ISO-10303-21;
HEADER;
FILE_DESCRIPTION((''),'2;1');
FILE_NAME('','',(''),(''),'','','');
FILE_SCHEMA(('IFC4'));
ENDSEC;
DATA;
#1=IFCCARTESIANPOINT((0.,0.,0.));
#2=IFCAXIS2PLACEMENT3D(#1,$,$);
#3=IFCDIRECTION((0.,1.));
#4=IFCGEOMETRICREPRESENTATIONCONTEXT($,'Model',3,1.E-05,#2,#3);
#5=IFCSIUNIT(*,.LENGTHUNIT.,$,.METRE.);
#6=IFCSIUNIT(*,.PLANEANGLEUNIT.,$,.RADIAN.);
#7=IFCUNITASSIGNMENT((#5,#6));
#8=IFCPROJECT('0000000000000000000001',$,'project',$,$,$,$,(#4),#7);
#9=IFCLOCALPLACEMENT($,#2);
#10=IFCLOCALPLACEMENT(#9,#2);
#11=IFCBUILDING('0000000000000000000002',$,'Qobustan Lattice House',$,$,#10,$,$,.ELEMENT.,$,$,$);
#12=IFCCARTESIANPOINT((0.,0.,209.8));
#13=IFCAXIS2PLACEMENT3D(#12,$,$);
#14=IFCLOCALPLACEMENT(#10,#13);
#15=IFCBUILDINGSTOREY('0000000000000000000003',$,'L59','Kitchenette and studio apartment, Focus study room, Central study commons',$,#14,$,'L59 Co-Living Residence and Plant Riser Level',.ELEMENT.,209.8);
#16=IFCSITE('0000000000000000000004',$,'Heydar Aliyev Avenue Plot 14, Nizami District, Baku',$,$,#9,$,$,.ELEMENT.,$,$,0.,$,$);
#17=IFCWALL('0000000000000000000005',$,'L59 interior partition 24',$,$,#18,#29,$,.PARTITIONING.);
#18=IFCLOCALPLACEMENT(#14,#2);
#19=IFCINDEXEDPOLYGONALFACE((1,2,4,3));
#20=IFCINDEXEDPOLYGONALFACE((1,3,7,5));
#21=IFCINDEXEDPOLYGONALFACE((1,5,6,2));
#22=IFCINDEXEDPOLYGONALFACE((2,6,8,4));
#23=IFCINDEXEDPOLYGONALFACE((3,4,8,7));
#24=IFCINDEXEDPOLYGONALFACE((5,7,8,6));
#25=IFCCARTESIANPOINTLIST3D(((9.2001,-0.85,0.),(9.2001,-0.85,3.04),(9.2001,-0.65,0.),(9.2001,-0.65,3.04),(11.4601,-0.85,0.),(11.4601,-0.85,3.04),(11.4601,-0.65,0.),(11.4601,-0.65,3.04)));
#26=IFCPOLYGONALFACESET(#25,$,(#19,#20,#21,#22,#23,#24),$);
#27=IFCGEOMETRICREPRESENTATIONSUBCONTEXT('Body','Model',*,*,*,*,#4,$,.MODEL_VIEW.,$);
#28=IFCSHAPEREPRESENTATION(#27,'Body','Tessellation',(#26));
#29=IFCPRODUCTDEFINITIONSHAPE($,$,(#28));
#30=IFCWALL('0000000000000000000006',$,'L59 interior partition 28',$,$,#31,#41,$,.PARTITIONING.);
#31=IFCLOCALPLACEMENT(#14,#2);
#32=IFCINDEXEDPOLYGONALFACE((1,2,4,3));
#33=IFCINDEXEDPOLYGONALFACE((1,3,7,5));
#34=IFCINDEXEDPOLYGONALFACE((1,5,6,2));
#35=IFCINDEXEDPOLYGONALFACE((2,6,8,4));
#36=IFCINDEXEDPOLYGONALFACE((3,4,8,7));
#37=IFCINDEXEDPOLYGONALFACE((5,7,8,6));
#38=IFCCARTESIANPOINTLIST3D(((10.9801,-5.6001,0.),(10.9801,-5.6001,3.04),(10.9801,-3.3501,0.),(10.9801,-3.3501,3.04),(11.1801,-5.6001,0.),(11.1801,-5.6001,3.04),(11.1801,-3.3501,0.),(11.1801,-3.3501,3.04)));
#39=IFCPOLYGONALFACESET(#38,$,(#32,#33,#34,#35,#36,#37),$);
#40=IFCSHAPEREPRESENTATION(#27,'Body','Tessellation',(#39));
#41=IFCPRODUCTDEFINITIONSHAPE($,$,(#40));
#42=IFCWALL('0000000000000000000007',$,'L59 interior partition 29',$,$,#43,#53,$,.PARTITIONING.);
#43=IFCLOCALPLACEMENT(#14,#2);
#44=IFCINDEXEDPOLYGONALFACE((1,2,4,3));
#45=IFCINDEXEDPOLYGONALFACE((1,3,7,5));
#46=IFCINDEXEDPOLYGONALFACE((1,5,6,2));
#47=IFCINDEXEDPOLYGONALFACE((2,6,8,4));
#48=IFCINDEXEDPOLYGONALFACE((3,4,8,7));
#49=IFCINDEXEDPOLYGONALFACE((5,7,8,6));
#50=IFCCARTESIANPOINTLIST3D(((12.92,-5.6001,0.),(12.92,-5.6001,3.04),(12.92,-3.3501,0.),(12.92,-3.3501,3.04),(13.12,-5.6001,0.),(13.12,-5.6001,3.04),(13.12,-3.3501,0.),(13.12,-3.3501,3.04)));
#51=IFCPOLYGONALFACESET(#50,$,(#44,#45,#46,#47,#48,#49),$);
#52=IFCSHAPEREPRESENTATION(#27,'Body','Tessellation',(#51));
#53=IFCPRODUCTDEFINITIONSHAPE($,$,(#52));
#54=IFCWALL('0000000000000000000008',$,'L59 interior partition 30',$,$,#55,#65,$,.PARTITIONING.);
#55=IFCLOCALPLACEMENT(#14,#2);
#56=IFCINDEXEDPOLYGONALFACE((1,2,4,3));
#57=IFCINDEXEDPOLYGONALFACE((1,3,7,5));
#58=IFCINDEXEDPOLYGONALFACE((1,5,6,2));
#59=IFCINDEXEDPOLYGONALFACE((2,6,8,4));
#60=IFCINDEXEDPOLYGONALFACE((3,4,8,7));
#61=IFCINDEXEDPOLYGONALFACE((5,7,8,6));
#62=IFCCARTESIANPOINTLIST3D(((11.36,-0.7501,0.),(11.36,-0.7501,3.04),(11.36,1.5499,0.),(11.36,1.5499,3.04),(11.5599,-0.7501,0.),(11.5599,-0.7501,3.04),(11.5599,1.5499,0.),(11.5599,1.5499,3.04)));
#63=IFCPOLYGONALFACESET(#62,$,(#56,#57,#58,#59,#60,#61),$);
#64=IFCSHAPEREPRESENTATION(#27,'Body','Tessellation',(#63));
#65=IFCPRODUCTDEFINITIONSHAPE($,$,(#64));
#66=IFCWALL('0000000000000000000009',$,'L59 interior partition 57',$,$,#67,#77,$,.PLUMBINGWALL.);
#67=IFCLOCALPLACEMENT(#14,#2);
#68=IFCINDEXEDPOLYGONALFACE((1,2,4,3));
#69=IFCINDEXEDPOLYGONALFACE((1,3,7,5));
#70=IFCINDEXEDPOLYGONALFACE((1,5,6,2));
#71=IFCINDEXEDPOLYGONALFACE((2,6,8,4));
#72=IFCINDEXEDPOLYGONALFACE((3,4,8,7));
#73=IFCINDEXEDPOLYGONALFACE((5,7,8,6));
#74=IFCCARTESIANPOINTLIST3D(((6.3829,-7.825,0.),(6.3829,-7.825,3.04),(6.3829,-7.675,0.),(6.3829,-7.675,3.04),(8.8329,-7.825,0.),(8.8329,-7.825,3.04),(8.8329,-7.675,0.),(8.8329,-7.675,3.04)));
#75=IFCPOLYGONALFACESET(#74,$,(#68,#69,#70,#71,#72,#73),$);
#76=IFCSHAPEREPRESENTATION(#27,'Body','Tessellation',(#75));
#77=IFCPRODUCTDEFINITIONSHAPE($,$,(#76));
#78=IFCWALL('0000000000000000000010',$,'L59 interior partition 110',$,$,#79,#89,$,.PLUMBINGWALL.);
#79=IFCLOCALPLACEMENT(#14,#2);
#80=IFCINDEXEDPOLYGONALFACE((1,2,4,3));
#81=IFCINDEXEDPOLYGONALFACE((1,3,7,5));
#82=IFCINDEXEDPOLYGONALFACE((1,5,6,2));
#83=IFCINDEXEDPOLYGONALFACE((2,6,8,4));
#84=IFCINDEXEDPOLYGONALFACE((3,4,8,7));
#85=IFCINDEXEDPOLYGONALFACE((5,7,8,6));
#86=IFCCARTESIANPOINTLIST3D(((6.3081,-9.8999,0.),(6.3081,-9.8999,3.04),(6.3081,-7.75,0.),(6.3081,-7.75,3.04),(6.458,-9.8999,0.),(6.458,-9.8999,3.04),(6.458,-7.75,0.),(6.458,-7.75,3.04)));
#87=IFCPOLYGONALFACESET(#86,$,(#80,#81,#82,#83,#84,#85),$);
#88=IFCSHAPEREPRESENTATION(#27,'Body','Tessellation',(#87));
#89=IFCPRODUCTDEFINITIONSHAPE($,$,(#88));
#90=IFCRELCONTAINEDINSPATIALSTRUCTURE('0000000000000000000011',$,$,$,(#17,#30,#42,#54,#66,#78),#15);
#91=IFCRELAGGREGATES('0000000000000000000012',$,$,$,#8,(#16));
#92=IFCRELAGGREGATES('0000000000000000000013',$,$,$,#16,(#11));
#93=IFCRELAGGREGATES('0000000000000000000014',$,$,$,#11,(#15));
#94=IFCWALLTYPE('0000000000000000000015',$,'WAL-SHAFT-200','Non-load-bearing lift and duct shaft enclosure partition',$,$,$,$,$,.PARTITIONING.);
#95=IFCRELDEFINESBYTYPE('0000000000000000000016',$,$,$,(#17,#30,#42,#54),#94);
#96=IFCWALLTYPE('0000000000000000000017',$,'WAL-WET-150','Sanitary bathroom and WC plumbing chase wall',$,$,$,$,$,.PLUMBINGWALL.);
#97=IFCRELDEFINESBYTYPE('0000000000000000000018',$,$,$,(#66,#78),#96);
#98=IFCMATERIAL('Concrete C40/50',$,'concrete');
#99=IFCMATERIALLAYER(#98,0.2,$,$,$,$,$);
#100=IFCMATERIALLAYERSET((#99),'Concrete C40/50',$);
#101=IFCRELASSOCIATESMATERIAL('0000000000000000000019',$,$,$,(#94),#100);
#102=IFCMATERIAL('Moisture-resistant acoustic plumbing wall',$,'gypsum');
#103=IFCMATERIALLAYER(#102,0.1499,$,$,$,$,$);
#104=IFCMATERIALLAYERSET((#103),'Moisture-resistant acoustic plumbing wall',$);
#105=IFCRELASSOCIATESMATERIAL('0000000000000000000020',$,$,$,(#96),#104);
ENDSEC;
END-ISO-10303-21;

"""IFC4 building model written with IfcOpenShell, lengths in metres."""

from ifc_helpers import new_model, si_unit, direction, frame, frame_2d, origin, place, context, subcontext, project, spatial, rectangle, extrude, material, layer, layer_set, type_object, element, save


model = new_model("IFC4")

# Units and contexts
model_context = context("Model", 3, precision=1e-05, world=origin(), true_north=direction((0.0, 1.0)))
body_context = subcontext(model_context, "Body", "Model", "MODEL_VIEW")
ifc_project = project(units=[si_unit("LENGTHUNIT", "METRE"), si_unit("PLANEANGLEUNIT", "RADIAN")], contexts=[model_context])

# Site, building, storey
site_placement = place(None, origin())
site = spatial("IfcSite", under=ifc_project, at=site_placement, Name="Heydar Aliyev Avenue Plot 14, Nizami District, Baku", CompositionType="ELEMENT", RefElevation=0.0)
building_placement = place(site_placement, origin())
building = spatial("IfcBuilding", under=site, at=building_placement, Name="Qobustan Lattice House", CompositionType="ELEMENT")
storey_placement = place(building_placement, frame((0.0, 0.0, 209.8)))
storey = spatial("IfcBuildingStorey", under=building, at=storey_placement, Name="L59", Description="Kitchenette and studio apartment, Focus study room, Central study commons", LongName="L59 Co-Living Residence and Plant Riser Level", CompositionType="ELEMENT", Elevation=209.8)

# Shared definitions
ifc_material_1 = material(Name="Concrete C40/50", Category="concrete")
ifc_layer_1 = layer(ifc_material_1, 0.2)
ifc_layer_set_1 = layer_set([ifc_layer_1], Name="Concrete C40/50")
wall_type_1 = type_object("IfcWallType", Name="WAL-SHAFT-200", Description="Non-load-bearing lift and duct shaft enclosure partition", PredefinedType="PARTITIONING", material=ifc_layer_set_1)

# Walls
wall_1_placement = place(storey_placement, frame((11.46, -0.75, 0.0), z_axis=(0.0, 0.0, 1.0), x_axis=(-1.0, 0.0, 0.0)))
element("IfcWall", 1, at=wall_1_placement, inside=storey, type_object=wall_type_1, Name="L59 interior partition 24", PredefinedType="PARTITIONING", context=body_context, shape_type="SweptSolid", body=[
    extrude(rectangle(XDim=2.26, YDim=0.2, at=frame_2d((1.1299, 0.0))), origin(), (0.0, 0.0, 1.0), 3.04),
])
for number, where, z_axis, x_axis, name in (
    (2, (11.0801, -5.6001, 0.0), (0.0, 0.0, 1.0), (0.0, 1.0, 0.0), "L59 interior partition 28"),
    (3, (13.02, -5.6001, 0.0), (0.0, 0.0, 1.0), (0.0, 1.0, 0.0), "L59 interior partition 29"),
):
    element("IfcWall", number, at=place(storey_placement, frame(where, z_axis=z_axis, x_axis=x_axis)), inside=storey, type_object=wall_type_1, Name=name, PredefinedType="PARTITIONING", context=body_context, shape_type="SweptSolid", body=[
        extrude(rectangle(XDim=2.25, YDim=0.2, at=frame_2d((1.125, 0.0))), origin(), (0.0, 0.0, 1.0), 3.04),
    ])
wall_2_placement = place(storey_placement, frame((11.46, -0.75, 0.0), z_axis=(0.0, 0.0, 1.0), x_axis=(0.0, 1.0, 0.0)))
element("IfcWall", 4, at=wall_2_placement, inside=storey, type_object=wall_type_1, Name="L59 interior partition 30", PredefinedType="PARTITIONING", context=body_context, shape_type="SweptSolid", body=[
    extrude(rectangle(XDim=2.3, YDim=0.2, at=frame_2d((1.1499, 0.0))), origin(), (0.0, 0.0, 1.0), 3.04),
])
ifc_material_2 = material(Name="Moisture-resistant acoustic plumbing wall", Category="gypsum")
ifc_layer_2 = layer(ifc_material_2, 0.1499)
ifc_layer_set_2 = layer_set([ifc_layer_2], Name="Moisture-resistant acoustic plumbing wall")
wall_type_2 = type_object("IfcWallType", Name="WAL-WET-150", Description="Sanitary bathroom and WC plumbing chase wall", PredefinedType="PLUMBINGWALL", material=ifc_layer_set_2)
wall_3_placement = place(storey_placement, frame((8.833, -7.75, 0.0), z_axis=(0.0, 0.0, 1.0), x_axis=(-1.0, 0.0, 0.0)))
element("IfcWall", 5, at=wall_3_placement, inside=storey, type_object=wall_type_2, Name="L59 interior partition 57", PredefinedType="PLUMBINGWALL", context=body_context, shape_type="SweptSolid", body=[
    extrude(rectangle(XDim=2.45, YDim=0.1499, at=frame_2d((1.2251, 0.0))), origin(), (0.0, 0.0, 1.0), 3.04),
])
wall_4_placement = place(storey_placement, frame((6.3831, -7.75, 0.0), z_axis=(0.0, 0.0, 1.0), x_axis=(0.0, -1.0, 0.0)))
element("IfcWall", 6, at=wall_4_placement, inside=storey, type_object=wall_type_2, Name="L59 interior partition 110", PredefinedType="PLUMBINGWALL", context=body_context, shape_type="SweptSolid", body=[
    extrude(rectangle(XDim=2.1499, YDim=0.1499, at=frame_2d((1.075, 0.0))), origin(), (0.0, 0.0, 1.0), 3.04),
])

save(model, "model.ifc")
